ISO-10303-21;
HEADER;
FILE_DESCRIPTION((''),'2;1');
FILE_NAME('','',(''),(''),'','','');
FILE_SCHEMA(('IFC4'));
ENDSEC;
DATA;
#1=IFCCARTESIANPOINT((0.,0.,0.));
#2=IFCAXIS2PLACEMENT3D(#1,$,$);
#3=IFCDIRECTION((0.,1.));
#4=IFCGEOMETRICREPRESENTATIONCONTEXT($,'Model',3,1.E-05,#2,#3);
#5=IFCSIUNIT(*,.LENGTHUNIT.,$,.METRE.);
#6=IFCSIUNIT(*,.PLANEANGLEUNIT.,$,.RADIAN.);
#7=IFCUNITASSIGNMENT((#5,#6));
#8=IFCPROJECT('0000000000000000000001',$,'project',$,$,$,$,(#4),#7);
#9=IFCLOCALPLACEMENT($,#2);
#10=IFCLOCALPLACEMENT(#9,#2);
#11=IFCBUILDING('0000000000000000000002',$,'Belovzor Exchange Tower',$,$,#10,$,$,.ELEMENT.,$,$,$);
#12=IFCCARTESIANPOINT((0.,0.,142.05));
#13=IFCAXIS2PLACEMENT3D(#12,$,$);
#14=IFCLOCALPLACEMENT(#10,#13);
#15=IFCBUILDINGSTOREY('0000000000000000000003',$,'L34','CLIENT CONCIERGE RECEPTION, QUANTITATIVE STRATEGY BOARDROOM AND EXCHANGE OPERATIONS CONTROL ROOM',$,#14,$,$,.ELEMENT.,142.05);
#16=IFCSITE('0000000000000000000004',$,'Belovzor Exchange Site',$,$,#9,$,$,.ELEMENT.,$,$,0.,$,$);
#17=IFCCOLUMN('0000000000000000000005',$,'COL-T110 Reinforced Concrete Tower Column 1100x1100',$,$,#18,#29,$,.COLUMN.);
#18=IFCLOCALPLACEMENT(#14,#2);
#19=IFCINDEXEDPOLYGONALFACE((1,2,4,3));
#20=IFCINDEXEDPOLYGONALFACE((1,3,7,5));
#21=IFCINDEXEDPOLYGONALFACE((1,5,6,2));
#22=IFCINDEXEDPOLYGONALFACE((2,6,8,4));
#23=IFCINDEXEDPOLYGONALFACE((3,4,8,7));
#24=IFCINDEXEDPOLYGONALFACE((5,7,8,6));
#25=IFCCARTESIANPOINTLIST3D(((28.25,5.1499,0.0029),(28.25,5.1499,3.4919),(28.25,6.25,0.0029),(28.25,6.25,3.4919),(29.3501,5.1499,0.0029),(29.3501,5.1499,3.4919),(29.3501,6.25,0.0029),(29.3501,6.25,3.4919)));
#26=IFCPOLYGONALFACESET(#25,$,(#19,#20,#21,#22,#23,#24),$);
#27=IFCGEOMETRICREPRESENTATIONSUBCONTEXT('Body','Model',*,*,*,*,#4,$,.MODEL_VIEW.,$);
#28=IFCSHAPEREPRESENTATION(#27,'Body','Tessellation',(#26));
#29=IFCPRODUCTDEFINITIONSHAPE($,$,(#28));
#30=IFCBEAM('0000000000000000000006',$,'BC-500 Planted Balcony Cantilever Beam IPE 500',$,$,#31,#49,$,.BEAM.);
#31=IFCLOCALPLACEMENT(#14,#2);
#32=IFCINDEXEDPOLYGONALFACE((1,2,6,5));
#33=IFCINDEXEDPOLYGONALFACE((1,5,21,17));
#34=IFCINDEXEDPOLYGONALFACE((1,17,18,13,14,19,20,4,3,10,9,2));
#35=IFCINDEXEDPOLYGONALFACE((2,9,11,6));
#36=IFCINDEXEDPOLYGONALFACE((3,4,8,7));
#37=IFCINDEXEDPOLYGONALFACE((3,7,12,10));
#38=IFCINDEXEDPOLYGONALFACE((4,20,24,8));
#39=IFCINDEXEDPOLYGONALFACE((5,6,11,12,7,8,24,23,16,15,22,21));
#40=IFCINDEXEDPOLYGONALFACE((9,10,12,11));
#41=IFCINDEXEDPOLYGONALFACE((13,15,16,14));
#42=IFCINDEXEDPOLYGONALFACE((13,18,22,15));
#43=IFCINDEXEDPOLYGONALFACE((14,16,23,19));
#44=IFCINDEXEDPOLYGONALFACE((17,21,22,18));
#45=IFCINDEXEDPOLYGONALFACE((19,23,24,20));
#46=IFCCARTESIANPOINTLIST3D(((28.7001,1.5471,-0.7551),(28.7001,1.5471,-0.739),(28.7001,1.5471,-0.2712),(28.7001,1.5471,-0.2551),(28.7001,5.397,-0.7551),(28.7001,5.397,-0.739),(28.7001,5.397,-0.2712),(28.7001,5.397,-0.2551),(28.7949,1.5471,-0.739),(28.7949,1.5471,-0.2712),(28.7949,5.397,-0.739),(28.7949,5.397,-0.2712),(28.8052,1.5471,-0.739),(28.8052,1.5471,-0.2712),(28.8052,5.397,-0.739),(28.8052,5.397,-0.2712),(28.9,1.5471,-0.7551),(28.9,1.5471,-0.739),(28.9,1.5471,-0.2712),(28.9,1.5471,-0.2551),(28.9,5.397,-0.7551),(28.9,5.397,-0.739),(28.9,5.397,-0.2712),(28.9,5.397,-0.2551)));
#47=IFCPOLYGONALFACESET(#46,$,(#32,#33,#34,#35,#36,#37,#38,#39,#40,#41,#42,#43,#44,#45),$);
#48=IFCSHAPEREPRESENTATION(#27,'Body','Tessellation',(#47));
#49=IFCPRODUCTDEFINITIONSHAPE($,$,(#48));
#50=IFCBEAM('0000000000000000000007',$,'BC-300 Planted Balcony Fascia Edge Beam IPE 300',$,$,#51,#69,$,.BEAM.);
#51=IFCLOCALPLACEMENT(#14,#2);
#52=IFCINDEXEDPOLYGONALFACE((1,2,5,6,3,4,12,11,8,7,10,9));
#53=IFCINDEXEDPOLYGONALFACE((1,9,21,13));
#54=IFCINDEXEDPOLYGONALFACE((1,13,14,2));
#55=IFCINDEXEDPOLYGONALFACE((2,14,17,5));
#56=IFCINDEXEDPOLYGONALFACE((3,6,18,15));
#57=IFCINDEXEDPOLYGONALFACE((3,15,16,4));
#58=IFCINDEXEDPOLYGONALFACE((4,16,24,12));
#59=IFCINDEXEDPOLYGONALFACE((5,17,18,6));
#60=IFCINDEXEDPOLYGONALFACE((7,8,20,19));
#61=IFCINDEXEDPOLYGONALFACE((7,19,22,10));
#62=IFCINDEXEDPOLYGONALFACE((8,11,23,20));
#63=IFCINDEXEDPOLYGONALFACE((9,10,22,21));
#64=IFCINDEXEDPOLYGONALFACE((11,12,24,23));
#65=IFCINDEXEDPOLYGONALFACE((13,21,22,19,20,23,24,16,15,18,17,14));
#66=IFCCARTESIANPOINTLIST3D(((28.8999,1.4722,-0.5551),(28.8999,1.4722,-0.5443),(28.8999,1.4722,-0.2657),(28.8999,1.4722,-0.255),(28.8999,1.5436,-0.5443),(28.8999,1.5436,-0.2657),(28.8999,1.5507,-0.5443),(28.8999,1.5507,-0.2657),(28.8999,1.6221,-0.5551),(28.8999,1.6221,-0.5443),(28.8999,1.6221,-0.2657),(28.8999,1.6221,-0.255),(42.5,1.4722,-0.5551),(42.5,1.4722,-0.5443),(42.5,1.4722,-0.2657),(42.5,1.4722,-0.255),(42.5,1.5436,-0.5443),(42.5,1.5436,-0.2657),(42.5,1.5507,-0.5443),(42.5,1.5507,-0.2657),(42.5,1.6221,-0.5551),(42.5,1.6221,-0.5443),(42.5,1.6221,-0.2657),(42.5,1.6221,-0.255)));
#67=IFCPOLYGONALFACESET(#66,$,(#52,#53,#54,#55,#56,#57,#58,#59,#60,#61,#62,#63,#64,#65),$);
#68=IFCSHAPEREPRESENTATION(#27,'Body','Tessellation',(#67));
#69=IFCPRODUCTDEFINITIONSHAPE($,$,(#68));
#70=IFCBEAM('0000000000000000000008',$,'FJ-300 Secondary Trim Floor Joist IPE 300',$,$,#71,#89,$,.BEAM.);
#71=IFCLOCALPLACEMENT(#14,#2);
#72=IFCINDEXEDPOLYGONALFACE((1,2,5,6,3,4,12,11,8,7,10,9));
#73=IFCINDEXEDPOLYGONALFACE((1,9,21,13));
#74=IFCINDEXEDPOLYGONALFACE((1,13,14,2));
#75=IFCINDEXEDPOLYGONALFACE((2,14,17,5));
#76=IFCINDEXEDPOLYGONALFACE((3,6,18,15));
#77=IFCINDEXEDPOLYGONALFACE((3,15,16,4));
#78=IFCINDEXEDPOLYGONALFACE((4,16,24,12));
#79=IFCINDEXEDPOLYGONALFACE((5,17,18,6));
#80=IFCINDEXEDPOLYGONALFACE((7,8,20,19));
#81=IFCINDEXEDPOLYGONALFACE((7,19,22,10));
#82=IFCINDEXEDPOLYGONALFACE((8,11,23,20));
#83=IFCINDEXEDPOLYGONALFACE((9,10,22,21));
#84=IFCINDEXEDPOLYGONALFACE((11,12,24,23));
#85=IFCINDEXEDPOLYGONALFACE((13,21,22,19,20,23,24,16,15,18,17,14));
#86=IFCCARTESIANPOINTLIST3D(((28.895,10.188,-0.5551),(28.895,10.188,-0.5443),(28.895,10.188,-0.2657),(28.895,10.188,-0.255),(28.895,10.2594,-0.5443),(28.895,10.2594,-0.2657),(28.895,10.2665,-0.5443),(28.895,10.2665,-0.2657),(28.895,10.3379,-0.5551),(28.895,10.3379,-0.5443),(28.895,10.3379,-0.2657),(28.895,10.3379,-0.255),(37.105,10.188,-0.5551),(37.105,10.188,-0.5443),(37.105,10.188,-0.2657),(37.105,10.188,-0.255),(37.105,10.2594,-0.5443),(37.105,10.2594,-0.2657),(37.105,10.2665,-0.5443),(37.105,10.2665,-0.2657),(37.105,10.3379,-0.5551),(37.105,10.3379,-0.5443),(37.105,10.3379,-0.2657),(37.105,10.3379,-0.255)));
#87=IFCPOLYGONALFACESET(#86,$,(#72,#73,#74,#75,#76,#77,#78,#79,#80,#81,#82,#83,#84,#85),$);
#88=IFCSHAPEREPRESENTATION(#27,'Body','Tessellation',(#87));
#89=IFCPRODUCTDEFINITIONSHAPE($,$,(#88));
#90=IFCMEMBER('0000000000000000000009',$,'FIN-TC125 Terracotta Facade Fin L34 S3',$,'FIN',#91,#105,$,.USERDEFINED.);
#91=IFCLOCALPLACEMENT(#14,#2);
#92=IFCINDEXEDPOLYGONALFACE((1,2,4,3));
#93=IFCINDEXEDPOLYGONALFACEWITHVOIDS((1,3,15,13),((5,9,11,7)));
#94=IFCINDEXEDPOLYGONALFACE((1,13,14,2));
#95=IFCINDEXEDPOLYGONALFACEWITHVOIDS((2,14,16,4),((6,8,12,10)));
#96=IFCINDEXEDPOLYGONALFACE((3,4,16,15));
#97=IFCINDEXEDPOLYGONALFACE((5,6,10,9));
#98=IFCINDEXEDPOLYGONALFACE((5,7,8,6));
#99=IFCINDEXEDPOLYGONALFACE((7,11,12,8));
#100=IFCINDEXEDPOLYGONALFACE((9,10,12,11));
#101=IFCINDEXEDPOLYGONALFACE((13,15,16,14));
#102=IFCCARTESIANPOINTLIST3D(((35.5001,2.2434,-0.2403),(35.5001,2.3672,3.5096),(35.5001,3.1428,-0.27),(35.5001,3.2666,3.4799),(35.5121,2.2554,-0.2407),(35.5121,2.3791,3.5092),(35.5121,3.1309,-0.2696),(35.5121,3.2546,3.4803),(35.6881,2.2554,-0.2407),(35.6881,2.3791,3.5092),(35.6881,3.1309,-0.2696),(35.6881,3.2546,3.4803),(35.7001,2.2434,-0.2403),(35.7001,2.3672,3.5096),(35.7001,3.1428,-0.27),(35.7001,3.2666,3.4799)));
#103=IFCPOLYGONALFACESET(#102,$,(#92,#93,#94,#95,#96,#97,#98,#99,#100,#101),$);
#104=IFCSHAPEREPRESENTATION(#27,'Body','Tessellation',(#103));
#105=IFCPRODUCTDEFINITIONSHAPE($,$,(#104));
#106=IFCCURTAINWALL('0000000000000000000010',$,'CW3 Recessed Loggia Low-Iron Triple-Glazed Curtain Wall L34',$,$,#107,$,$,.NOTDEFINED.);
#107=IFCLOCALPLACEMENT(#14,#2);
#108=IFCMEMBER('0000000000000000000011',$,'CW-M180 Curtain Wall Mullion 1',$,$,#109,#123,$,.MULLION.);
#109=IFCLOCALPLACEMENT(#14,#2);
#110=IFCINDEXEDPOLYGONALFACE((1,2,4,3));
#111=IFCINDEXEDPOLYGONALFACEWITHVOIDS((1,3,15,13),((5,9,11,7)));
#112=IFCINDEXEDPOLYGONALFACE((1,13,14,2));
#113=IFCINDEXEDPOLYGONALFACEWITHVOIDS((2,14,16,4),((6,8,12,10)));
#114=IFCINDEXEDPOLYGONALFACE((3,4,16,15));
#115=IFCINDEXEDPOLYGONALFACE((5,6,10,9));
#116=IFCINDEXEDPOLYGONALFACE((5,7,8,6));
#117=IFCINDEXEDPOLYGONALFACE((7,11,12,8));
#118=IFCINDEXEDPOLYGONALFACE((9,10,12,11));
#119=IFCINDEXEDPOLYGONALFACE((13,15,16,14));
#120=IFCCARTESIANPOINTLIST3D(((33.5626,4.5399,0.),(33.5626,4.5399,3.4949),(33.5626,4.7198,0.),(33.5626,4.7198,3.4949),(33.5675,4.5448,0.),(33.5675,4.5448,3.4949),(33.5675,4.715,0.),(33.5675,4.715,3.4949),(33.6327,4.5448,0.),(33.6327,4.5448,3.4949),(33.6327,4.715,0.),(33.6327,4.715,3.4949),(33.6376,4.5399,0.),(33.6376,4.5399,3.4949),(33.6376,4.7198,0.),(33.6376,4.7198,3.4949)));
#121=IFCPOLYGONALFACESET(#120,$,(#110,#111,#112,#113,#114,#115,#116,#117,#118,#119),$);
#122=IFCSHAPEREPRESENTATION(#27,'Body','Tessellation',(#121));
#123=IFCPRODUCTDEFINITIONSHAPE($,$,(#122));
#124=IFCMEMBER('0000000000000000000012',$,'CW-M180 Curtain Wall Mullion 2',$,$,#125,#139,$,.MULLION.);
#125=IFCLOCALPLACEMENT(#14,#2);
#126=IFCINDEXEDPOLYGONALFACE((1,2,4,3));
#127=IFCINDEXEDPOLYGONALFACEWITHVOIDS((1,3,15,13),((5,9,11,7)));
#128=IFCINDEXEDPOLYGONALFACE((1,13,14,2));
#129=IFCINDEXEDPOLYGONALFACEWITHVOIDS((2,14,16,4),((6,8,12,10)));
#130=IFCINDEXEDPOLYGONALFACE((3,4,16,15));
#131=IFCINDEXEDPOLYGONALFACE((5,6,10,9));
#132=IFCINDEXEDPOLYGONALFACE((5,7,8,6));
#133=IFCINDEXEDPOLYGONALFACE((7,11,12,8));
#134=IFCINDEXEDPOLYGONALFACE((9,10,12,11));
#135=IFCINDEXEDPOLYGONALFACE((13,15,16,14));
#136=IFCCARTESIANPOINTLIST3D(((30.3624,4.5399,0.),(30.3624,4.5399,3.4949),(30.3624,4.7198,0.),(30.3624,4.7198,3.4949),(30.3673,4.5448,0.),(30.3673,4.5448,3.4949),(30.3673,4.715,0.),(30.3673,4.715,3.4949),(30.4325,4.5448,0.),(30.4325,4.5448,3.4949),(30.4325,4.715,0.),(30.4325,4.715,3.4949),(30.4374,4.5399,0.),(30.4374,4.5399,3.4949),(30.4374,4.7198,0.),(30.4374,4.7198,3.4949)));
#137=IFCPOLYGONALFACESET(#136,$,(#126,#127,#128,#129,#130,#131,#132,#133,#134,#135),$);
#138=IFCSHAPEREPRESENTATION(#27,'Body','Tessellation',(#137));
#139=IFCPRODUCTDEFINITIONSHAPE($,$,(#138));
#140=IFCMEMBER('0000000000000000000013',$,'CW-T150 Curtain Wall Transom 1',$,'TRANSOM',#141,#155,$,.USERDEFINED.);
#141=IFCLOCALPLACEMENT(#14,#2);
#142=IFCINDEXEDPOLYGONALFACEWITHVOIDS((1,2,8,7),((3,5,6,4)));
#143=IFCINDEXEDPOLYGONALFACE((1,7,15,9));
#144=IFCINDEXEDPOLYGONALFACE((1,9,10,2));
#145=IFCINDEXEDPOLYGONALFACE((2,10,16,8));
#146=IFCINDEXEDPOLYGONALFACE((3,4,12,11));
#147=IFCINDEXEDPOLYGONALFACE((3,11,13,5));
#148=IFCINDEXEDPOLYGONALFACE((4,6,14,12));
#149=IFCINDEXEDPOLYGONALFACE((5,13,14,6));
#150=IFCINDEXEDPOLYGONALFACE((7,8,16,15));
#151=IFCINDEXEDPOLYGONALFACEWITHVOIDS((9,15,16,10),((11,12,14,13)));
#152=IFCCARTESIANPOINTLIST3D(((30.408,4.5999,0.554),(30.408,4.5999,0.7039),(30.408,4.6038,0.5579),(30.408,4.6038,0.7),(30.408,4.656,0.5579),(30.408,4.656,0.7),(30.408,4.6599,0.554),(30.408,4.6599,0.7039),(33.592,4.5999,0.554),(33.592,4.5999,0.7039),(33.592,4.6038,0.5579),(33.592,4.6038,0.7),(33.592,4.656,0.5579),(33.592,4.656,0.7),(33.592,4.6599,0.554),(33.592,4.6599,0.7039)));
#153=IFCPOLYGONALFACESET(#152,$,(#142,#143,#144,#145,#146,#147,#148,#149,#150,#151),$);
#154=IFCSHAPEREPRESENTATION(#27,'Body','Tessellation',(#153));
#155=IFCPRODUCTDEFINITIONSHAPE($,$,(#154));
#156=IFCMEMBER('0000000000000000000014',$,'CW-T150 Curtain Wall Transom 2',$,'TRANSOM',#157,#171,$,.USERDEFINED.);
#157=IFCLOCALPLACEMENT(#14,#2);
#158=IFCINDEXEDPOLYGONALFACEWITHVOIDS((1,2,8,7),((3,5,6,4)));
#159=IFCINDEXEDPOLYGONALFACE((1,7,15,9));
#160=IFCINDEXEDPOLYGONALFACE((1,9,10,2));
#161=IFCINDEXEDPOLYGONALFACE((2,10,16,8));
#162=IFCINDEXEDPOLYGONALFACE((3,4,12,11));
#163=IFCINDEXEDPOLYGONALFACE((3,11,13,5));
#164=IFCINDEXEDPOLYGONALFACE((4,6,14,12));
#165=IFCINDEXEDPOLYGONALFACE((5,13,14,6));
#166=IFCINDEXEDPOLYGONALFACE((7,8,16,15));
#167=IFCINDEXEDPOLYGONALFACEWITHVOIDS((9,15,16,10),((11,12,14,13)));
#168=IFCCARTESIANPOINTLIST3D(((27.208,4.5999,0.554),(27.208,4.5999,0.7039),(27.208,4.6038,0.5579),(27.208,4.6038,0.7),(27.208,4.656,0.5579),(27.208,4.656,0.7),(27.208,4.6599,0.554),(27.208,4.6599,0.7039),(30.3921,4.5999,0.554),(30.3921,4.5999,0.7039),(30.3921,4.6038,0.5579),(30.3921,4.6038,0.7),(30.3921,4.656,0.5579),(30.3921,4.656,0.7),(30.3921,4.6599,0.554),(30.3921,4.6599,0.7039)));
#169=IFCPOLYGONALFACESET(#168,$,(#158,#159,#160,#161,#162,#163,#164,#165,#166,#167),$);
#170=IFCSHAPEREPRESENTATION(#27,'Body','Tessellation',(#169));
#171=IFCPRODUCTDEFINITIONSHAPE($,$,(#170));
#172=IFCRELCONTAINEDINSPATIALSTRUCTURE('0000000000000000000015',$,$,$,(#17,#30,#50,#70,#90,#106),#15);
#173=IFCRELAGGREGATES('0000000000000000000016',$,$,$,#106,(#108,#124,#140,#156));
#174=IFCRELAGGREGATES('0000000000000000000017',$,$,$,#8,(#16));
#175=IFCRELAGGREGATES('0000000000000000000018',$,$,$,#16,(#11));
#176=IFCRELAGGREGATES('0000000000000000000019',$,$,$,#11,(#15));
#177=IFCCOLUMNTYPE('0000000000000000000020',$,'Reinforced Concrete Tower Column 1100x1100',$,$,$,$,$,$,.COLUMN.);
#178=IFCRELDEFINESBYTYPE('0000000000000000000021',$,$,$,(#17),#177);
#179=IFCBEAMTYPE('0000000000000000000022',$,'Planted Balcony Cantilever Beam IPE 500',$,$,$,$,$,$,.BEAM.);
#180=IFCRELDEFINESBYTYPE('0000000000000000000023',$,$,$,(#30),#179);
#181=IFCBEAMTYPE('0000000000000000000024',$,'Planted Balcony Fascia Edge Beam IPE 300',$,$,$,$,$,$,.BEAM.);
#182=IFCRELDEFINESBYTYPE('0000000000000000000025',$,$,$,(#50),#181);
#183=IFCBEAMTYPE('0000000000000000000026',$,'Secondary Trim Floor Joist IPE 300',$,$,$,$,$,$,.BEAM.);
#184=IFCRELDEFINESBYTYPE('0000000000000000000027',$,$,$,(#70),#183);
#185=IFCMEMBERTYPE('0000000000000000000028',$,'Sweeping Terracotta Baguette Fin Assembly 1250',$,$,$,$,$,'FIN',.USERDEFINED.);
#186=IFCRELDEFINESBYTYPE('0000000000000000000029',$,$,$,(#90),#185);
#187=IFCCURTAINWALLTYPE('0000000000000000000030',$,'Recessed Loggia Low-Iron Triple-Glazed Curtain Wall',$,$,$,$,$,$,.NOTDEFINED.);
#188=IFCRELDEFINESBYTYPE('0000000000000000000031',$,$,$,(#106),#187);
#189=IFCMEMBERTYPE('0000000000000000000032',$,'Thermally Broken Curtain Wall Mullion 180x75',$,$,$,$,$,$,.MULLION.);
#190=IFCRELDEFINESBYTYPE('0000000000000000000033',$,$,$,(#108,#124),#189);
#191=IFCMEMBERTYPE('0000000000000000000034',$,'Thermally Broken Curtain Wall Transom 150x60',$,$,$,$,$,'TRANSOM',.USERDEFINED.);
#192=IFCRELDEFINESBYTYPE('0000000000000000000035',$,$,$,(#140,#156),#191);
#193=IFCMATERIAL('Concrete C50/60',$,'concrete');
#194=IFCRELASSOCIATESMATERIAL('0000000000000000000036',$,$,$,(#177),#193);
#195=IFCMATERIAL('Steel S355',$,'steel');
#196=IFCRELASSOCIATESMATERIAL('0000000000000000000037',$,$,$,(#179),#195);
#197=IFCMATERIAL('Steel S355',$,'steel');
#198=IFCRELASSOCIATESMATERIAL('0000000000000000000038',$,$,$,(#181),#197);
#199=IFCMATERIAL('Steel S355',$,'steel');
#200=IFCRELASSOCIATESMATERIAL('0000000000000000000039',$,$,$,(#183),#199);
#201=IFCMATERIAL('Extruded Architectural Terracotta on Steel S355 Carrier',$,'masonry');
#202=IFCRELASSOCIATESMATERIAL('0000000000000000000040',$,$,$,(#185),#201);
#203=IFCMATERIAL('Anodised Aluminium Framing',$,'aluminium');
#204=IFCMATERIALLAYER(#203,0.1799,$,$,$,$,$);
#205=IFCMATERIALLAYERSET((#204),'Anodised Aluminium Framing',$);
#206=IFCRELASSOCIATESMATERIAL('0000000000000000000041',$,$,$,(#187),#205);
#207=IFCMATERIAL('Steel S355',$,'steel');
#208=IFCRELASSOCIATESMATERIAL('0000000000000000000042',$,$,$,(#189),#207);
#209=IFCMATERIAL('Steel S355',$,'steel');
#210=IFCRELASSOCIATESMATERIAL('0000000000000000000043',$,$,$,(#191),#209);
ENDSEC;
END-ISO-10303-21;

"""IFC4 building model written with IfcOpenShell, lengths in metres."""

from ifc_helpers import new_model, si_unit, direction, frame, origin, origin_2d, place, context, subcontext, project, spatial, rectangle, hollow_rectangle, i_section, extrude, material, layer, layer_set, material_profile, profile_set, type_object, element, aggregate, save


model = new_model("IFC4")

# Units and contexts
model_context = context("Model", 3, precision=1e-05, world=origin(), true_north=direction((0.0, 1.0)))
body_context = subcontext(model_context, "Body", "Model", "MODEL_VIEW")
ifc_project = project(units=[si_unit("LENGTHUNIT", "METRE"), si_unit("PLANEANGLEUNIT", "RADIAN")], contexts=[model_context])

# Site, building, storey
site_placement = place(None, origin())
site = spatial("IfcSite", under=ifc_project, at=site_placement, Name="Belovzor Exchange Site", CompositionType="ELEMENT", RefElevation=0.0)
building_placement = place(site_placement, origin())
building = spatial("IfcBuilding", under=site, at=building_placement, Name="Belovzor Exchange Tower", CompositionType="ELEMENT")
storey_placement = place(building_placement, frame((0.0, 0.0, 142.05)))
storey = spatial("IfcBuildingStorey", under=building, at=storey_placement, Name="L34", Description="CLIENT CONCIERGE RECEPTION, QUANTITATIVE STRATEGY BOARDROOM AND EXCHANGE OPERATIONS CONTROL ROOM", CompositionType="ELEMENT", Elevation=142.05)

# Column
ifc_material_1 = material(Name="Concrete C50/60", Category="concrete")
ifc_material_profile_1 = material_profile(ifc_material_1, rectangle(XDim=1.1001, YDim=1.1001, at=origin_2d()))
ifc_profile_set_1 = profile_set([ifc_material_profile_1], Name="Concrete C50/60")
column_type = type_object("IfcColumnType", Name="Reinforced Concrete Tower Column 1100x1100", PredefinedType="COLUMN", material=ifc_profile_set_1)
column_placement = place(storey_placement, frame((28.8, 5.7, 0.0029), z_axis=(0.0, 0.0, 1.0), x_axis=(1.0, 0.0, 0.0)))
element("IfcColumn", 1, at=column_placement, inside=storey, type_object=column_type, Name="COL-T110 Reinforced Concrete Tower Column 1100x1100", PredefinedType="COLUMN", context=body_context, shape_type="SweptSolid", body=[
    extrude(rectangle(XDim=1.1001, YDim=1.1001, at=origin_2d()), origin(), (0.0, 0.0, 1.0), 3.489),
])

# Beams
ifc_material_2 = material(Name="Steel S355", Category="steel")
ifc_material_profile_2 = material_profile(ifc_material_2, i_section(OverallWidth=0.2, OverallDepth=0.5, WebThickness=0.0103, FlangeThickness=0.0161, at=origin_2d()))
ifc_profile_set_2 = profile_set([ifc_material_profile_2], Name="Steel S355")
beam_type_1 = type_object("IfcBeamType", Name="Planted Balcony Cantilever Beam IPE 500", PredefinedType="BEAM", material=ifc_profile_set_2)
beam_1_placement = place(storey_placement, frame((28.8, 5.397, -0.5051), z_axis=(0.0, -1.0, 0.0), x_axis=(1.0, 0.0, 0.0)))
element("IfcBeam", 2, at=beam_1_placement, inside=storey, type_object=beam_type_1, Name="BC-500 Planted Balcony Cantilever Beam IPE 500", PredefinedType="BEAM", context=body_context, shape_type="SweptSolid", body=[
    extrude(i_section(OverallWidth=0.2, OverallDepth=0.5, WebThickness=0.0103, FlangeThickness=0.0161, at=origin_2d()), origin(), (0.0, 0.0, 1.0), 3.8499),
])
ifc_material_3 = material(Name="Steel S355", Category="steel")
ifc_material_profile_3 = material_profile(ifc_material_3, i_section(OverallWidth=0.1499, OverallDepth=0.3, WebThickness=0.0071, FlangeThickness=0.0107, at=origin_2d()))
ifc_profile_set_3 = profile_set([ifc_material_profile_3], Name="Steel S355")
beam_type_2 = type_object("IfcBeamType", Name="Planted Balcony Fascia Edge Beam IPE 300", PredefinedType="BEAM", material=ifc_profile_set_3)
beam_2_placement = place(storey_placement, frame((28.8999, 1.5471, -0.405), z_axis=(1.0, 0.0, 0.0), x_axis=(0.0, 1.0, 0.0)))
element("IfcBeam", 3, at=beam_2_placement, inside=storey, type_object=beam_type_2, Name="BC-300 Planted Balcony Fascia Edge Beam IPE 300", PredefinedType="BEAM", context=body_context, shape_type="SweptSolid", body=[
    extrude(i_section(OverallWidth=0.1499, OverallDepth=0.3, WebThickness=0.0071, FlangeThickness=0.0107, at=origin_2d()), origin(), (0.0, 0.0, 1.0), 13.6001),
])
ifc_material_4 = material(Name="Steel S355", Category="steel")
ifc_material_profile_4 = material_profile(ifc_material_4, i_section(OverallWidth=0.1499, OverallDepth=0.3, WebThickness=0.0071, FlangeThickness=0.0107, at=origin_2d()))
ifc_profile_set_4 = profile_set([ifc_material_profile_4], Name="Steel S355")
beam_type_3 = type_object("IfcBeamType", Name="Secondary Trim Floor Joist IPE 300", PredefinedType="BEAM", material=ifc_profile_set_4)
beam_3_placement = place(storey_placement, frame((28.895, 10.2629, -0.405), z_axis=(1.0, 0.0, 0.0), x_axis=(0.0, 1.0, 0.0)))
element("IfcBeam", 4, at=beam_3_placement, inside=storey, type_object=beam_type_3, Name="FJ-300 Secondary Trim Floor Joist IPE 300", PredefinedType="BEAM", context=body_context, shape_type="SweptSolid", body=[
    extrude(i_section(OverallWidth=0.1499, OverallDepth=0.3, WebThickness=0.0071, FlangeThickness=0.0107, at=origin_2d()), origin(), (0.0, 0.0, 1.0), 8.21),
])

# Member
ifc_material_5 = material(Name="Extruded Architectural Terracotta on Steel S355 Carrier", Category="masonry")
ifc_material_profile_5 = material_profile(ifc_material_5, hollow_rectangle(XDim=0.2, YDim=0.8999, WallThickness=0.012, at=origin_2d()))
ifc_profile_set_5 = profile_set([ifc_material_profile_5], Name="Extruded Architectural Terracotta on Steel S355 Carrier")
member_type_1 = type_object("IfcMemberType", Name="Sweeping Terracotta Baguette Fin Assembly 1250", ElementType="FIN", PredefinedType="USERDEFINED", material=ifc_profile_set_5)
member_1_placement = place(storey_placement, frame((35.6001, 2.6931, -0.2551), z_axis=(0.0, 0.03299, 0.999456), x_axis=(-1.0, 0.0, 0.0)))
element("IfcMember", 5, at=member_1_placement, inside=storey, type_object=member_type_1, Name="FIN-TC125 Terracotta Facade Fin L34 S3", ObjectType="FIN", PredefinedType="USERDEFINED", context=body_context, shape_type="SweptSolid", body=[
    extrude(hollow_rectangle(XDim=0.2, YDim=0.8999, WallThickness=0.012, at=origin_2d()), origin(), (0.0, 0.0, 1.0), 3.752),
])

# Curtain wall, members
ifc_material_6 = material(Name="Anodised Aluminium Framing", Category="aluminium")
ifc_layer_1 = layer(ifc_material_6, 0.1799)
ifc_layer_set_1 = layer_set([ifc_layer_1], Name="Anodised Aluminium Framing")
curtain_wall_type = type_object("IfcCurtainWallType", Name="Recessed Loggia Low-Iron Triple-Glazed Curtain Wall", PredefinedType="NOTDEFINED", material=ifc_layer_set_1)
curtain_wall_placement = place(storey_placement, origin())
curtain_wall = element("IfcCurtainWall", 6, at=curtain_wall_placement, inside=storey, type_object=curtain_wall_type, Name="CW3 Recessed Loggia Low-Iron Triple-Glazed Curtain Wall L34", PredefinedType="NOTDEFINED")
ifc_material_7 = material(Name="Steel S355", Category="steel")
ifc_material_profile_6 = material_profile(ifc_material_7, hollow_rectangle(XDim=0.075, YDim=0.1799, WallThickness=0.0049, at=origin_2d()))
ifc_profile_set_6 = profile_set([ifc_material_profile_6], Name="Steel S355")
member_type_2 = type_object("IfcMemberType", Name="Thermally Broken Curtain Wall Mullion 180x75", PredefinedType="MULLION", material=ifc_profile_set_6)
member_2_placement = place(storey_placement, frame((33.6001, 4.6299, 0.0), z_axis=(0.0, 0.0, 1.0), x_axis=(-1.0, 0.0, 0.0)))
member_2 = element("IfcMember", 7, at=member_2_placement, type_object=member_type_2, Name="CW-M180 Curtain Wall Mullion 1", PredefinedType="MULLION", context=body_context, shape_type="SweptSolid", body=[
    extrude(hollow_rectangle(XDim=0.075, YDim=0.1799, WallThickness=0.0049, at=origin_2d()), origin(), (0.0, 0.0, 1.0), 3.4949),
])
member_3_placement = place(storey_placement, frame((30.3999, 4.6299, 0.0), z_axis=(0.0, 0.0, 1.0), x_axis=(-1.0, 0.0, 0.0)))
member_3 = element("IfcMember", 8, at=member_3_placement, type_object=member_type_2, Name="CW-M180 Curtain Wall Mullion 2", PredefinedType="MULLION", context=body_context, shape_type="SweptSolid", body=[
    extrude(hollow_rectangle(XDim=0.075, YDim=0.1799, WallThickness=0.0049, at=origin_2d()), origin(), (0.0, 0.0, 1.0), 3.4949),
])
ifc_material_8 = material(Name="Steel S355", Category="steel")
ifc_material_profile_7 = material_profile(ifc_material_8, hollow_rectangle(XDim=0.0601, YDim=0.1499, WallThickness=0.0039, at=origin_2d()))
ifc_profile_set_7 = profile_set([ifc_material_profile_7], Name="Steel S355")
member_type_3 = type_object("IfcMemberType", Name="Thermally Broken Curtain Wall Transom 150x60", ElementType="TRANSOM", PredefinedType="USERDEFINED", material=ifc_profile_set_7)
member_4_placement = place(storey_placement, frame((33.592, 4.6299, 0.6289), z_axis=(-1.0, 0.0, 0.0), x_axis=(0.0, -1.0, 0.0)))
member_4 = element("IfcMember", 9, at=member_4_placement, type_object=member_type_3, Name="CW-T150 Curtain Wall Transom 1", ObjectType="TRANSOM", PredefinedType="USERDEFINED", context=body_context, shape_type="SweptSolid", body=[
    extrude(hollow_rectangle(XDim=0.0601, YDim=0.1499, WallThickness=0.0039, at=origin_2d()), origin(), (0.0, 0.0, 1.0), 3.1841),
])
member_5_placement = place(storey_placement, frame((30.3921, 4.6299, 0.6289), z_axis=(-1.0, 0.0, 0.0), x_axis=(0.0, -1.0, 0.0)))
member_5 = element("IfcMember", 10, at=member_5_placement, type_object=member_type_3, Name="CW-T150 Curtain Wall Transom 2", ObjectType="TRANSOM", PredefinedType="USERDEFINED", context=body_context, shape_type="SweptSolid", body=[
    extrude(hollow_rectangle(XDim=0.0601, YDim=0.1499, WallThickness=0.0039, at=origin_2d()), origin(), (0.0, 0.0, 1.0), 3.1841),
])

aggregate(curtain_wall, [member_2, member_3, member_4, member_5])

save(model, "model.ifc")
